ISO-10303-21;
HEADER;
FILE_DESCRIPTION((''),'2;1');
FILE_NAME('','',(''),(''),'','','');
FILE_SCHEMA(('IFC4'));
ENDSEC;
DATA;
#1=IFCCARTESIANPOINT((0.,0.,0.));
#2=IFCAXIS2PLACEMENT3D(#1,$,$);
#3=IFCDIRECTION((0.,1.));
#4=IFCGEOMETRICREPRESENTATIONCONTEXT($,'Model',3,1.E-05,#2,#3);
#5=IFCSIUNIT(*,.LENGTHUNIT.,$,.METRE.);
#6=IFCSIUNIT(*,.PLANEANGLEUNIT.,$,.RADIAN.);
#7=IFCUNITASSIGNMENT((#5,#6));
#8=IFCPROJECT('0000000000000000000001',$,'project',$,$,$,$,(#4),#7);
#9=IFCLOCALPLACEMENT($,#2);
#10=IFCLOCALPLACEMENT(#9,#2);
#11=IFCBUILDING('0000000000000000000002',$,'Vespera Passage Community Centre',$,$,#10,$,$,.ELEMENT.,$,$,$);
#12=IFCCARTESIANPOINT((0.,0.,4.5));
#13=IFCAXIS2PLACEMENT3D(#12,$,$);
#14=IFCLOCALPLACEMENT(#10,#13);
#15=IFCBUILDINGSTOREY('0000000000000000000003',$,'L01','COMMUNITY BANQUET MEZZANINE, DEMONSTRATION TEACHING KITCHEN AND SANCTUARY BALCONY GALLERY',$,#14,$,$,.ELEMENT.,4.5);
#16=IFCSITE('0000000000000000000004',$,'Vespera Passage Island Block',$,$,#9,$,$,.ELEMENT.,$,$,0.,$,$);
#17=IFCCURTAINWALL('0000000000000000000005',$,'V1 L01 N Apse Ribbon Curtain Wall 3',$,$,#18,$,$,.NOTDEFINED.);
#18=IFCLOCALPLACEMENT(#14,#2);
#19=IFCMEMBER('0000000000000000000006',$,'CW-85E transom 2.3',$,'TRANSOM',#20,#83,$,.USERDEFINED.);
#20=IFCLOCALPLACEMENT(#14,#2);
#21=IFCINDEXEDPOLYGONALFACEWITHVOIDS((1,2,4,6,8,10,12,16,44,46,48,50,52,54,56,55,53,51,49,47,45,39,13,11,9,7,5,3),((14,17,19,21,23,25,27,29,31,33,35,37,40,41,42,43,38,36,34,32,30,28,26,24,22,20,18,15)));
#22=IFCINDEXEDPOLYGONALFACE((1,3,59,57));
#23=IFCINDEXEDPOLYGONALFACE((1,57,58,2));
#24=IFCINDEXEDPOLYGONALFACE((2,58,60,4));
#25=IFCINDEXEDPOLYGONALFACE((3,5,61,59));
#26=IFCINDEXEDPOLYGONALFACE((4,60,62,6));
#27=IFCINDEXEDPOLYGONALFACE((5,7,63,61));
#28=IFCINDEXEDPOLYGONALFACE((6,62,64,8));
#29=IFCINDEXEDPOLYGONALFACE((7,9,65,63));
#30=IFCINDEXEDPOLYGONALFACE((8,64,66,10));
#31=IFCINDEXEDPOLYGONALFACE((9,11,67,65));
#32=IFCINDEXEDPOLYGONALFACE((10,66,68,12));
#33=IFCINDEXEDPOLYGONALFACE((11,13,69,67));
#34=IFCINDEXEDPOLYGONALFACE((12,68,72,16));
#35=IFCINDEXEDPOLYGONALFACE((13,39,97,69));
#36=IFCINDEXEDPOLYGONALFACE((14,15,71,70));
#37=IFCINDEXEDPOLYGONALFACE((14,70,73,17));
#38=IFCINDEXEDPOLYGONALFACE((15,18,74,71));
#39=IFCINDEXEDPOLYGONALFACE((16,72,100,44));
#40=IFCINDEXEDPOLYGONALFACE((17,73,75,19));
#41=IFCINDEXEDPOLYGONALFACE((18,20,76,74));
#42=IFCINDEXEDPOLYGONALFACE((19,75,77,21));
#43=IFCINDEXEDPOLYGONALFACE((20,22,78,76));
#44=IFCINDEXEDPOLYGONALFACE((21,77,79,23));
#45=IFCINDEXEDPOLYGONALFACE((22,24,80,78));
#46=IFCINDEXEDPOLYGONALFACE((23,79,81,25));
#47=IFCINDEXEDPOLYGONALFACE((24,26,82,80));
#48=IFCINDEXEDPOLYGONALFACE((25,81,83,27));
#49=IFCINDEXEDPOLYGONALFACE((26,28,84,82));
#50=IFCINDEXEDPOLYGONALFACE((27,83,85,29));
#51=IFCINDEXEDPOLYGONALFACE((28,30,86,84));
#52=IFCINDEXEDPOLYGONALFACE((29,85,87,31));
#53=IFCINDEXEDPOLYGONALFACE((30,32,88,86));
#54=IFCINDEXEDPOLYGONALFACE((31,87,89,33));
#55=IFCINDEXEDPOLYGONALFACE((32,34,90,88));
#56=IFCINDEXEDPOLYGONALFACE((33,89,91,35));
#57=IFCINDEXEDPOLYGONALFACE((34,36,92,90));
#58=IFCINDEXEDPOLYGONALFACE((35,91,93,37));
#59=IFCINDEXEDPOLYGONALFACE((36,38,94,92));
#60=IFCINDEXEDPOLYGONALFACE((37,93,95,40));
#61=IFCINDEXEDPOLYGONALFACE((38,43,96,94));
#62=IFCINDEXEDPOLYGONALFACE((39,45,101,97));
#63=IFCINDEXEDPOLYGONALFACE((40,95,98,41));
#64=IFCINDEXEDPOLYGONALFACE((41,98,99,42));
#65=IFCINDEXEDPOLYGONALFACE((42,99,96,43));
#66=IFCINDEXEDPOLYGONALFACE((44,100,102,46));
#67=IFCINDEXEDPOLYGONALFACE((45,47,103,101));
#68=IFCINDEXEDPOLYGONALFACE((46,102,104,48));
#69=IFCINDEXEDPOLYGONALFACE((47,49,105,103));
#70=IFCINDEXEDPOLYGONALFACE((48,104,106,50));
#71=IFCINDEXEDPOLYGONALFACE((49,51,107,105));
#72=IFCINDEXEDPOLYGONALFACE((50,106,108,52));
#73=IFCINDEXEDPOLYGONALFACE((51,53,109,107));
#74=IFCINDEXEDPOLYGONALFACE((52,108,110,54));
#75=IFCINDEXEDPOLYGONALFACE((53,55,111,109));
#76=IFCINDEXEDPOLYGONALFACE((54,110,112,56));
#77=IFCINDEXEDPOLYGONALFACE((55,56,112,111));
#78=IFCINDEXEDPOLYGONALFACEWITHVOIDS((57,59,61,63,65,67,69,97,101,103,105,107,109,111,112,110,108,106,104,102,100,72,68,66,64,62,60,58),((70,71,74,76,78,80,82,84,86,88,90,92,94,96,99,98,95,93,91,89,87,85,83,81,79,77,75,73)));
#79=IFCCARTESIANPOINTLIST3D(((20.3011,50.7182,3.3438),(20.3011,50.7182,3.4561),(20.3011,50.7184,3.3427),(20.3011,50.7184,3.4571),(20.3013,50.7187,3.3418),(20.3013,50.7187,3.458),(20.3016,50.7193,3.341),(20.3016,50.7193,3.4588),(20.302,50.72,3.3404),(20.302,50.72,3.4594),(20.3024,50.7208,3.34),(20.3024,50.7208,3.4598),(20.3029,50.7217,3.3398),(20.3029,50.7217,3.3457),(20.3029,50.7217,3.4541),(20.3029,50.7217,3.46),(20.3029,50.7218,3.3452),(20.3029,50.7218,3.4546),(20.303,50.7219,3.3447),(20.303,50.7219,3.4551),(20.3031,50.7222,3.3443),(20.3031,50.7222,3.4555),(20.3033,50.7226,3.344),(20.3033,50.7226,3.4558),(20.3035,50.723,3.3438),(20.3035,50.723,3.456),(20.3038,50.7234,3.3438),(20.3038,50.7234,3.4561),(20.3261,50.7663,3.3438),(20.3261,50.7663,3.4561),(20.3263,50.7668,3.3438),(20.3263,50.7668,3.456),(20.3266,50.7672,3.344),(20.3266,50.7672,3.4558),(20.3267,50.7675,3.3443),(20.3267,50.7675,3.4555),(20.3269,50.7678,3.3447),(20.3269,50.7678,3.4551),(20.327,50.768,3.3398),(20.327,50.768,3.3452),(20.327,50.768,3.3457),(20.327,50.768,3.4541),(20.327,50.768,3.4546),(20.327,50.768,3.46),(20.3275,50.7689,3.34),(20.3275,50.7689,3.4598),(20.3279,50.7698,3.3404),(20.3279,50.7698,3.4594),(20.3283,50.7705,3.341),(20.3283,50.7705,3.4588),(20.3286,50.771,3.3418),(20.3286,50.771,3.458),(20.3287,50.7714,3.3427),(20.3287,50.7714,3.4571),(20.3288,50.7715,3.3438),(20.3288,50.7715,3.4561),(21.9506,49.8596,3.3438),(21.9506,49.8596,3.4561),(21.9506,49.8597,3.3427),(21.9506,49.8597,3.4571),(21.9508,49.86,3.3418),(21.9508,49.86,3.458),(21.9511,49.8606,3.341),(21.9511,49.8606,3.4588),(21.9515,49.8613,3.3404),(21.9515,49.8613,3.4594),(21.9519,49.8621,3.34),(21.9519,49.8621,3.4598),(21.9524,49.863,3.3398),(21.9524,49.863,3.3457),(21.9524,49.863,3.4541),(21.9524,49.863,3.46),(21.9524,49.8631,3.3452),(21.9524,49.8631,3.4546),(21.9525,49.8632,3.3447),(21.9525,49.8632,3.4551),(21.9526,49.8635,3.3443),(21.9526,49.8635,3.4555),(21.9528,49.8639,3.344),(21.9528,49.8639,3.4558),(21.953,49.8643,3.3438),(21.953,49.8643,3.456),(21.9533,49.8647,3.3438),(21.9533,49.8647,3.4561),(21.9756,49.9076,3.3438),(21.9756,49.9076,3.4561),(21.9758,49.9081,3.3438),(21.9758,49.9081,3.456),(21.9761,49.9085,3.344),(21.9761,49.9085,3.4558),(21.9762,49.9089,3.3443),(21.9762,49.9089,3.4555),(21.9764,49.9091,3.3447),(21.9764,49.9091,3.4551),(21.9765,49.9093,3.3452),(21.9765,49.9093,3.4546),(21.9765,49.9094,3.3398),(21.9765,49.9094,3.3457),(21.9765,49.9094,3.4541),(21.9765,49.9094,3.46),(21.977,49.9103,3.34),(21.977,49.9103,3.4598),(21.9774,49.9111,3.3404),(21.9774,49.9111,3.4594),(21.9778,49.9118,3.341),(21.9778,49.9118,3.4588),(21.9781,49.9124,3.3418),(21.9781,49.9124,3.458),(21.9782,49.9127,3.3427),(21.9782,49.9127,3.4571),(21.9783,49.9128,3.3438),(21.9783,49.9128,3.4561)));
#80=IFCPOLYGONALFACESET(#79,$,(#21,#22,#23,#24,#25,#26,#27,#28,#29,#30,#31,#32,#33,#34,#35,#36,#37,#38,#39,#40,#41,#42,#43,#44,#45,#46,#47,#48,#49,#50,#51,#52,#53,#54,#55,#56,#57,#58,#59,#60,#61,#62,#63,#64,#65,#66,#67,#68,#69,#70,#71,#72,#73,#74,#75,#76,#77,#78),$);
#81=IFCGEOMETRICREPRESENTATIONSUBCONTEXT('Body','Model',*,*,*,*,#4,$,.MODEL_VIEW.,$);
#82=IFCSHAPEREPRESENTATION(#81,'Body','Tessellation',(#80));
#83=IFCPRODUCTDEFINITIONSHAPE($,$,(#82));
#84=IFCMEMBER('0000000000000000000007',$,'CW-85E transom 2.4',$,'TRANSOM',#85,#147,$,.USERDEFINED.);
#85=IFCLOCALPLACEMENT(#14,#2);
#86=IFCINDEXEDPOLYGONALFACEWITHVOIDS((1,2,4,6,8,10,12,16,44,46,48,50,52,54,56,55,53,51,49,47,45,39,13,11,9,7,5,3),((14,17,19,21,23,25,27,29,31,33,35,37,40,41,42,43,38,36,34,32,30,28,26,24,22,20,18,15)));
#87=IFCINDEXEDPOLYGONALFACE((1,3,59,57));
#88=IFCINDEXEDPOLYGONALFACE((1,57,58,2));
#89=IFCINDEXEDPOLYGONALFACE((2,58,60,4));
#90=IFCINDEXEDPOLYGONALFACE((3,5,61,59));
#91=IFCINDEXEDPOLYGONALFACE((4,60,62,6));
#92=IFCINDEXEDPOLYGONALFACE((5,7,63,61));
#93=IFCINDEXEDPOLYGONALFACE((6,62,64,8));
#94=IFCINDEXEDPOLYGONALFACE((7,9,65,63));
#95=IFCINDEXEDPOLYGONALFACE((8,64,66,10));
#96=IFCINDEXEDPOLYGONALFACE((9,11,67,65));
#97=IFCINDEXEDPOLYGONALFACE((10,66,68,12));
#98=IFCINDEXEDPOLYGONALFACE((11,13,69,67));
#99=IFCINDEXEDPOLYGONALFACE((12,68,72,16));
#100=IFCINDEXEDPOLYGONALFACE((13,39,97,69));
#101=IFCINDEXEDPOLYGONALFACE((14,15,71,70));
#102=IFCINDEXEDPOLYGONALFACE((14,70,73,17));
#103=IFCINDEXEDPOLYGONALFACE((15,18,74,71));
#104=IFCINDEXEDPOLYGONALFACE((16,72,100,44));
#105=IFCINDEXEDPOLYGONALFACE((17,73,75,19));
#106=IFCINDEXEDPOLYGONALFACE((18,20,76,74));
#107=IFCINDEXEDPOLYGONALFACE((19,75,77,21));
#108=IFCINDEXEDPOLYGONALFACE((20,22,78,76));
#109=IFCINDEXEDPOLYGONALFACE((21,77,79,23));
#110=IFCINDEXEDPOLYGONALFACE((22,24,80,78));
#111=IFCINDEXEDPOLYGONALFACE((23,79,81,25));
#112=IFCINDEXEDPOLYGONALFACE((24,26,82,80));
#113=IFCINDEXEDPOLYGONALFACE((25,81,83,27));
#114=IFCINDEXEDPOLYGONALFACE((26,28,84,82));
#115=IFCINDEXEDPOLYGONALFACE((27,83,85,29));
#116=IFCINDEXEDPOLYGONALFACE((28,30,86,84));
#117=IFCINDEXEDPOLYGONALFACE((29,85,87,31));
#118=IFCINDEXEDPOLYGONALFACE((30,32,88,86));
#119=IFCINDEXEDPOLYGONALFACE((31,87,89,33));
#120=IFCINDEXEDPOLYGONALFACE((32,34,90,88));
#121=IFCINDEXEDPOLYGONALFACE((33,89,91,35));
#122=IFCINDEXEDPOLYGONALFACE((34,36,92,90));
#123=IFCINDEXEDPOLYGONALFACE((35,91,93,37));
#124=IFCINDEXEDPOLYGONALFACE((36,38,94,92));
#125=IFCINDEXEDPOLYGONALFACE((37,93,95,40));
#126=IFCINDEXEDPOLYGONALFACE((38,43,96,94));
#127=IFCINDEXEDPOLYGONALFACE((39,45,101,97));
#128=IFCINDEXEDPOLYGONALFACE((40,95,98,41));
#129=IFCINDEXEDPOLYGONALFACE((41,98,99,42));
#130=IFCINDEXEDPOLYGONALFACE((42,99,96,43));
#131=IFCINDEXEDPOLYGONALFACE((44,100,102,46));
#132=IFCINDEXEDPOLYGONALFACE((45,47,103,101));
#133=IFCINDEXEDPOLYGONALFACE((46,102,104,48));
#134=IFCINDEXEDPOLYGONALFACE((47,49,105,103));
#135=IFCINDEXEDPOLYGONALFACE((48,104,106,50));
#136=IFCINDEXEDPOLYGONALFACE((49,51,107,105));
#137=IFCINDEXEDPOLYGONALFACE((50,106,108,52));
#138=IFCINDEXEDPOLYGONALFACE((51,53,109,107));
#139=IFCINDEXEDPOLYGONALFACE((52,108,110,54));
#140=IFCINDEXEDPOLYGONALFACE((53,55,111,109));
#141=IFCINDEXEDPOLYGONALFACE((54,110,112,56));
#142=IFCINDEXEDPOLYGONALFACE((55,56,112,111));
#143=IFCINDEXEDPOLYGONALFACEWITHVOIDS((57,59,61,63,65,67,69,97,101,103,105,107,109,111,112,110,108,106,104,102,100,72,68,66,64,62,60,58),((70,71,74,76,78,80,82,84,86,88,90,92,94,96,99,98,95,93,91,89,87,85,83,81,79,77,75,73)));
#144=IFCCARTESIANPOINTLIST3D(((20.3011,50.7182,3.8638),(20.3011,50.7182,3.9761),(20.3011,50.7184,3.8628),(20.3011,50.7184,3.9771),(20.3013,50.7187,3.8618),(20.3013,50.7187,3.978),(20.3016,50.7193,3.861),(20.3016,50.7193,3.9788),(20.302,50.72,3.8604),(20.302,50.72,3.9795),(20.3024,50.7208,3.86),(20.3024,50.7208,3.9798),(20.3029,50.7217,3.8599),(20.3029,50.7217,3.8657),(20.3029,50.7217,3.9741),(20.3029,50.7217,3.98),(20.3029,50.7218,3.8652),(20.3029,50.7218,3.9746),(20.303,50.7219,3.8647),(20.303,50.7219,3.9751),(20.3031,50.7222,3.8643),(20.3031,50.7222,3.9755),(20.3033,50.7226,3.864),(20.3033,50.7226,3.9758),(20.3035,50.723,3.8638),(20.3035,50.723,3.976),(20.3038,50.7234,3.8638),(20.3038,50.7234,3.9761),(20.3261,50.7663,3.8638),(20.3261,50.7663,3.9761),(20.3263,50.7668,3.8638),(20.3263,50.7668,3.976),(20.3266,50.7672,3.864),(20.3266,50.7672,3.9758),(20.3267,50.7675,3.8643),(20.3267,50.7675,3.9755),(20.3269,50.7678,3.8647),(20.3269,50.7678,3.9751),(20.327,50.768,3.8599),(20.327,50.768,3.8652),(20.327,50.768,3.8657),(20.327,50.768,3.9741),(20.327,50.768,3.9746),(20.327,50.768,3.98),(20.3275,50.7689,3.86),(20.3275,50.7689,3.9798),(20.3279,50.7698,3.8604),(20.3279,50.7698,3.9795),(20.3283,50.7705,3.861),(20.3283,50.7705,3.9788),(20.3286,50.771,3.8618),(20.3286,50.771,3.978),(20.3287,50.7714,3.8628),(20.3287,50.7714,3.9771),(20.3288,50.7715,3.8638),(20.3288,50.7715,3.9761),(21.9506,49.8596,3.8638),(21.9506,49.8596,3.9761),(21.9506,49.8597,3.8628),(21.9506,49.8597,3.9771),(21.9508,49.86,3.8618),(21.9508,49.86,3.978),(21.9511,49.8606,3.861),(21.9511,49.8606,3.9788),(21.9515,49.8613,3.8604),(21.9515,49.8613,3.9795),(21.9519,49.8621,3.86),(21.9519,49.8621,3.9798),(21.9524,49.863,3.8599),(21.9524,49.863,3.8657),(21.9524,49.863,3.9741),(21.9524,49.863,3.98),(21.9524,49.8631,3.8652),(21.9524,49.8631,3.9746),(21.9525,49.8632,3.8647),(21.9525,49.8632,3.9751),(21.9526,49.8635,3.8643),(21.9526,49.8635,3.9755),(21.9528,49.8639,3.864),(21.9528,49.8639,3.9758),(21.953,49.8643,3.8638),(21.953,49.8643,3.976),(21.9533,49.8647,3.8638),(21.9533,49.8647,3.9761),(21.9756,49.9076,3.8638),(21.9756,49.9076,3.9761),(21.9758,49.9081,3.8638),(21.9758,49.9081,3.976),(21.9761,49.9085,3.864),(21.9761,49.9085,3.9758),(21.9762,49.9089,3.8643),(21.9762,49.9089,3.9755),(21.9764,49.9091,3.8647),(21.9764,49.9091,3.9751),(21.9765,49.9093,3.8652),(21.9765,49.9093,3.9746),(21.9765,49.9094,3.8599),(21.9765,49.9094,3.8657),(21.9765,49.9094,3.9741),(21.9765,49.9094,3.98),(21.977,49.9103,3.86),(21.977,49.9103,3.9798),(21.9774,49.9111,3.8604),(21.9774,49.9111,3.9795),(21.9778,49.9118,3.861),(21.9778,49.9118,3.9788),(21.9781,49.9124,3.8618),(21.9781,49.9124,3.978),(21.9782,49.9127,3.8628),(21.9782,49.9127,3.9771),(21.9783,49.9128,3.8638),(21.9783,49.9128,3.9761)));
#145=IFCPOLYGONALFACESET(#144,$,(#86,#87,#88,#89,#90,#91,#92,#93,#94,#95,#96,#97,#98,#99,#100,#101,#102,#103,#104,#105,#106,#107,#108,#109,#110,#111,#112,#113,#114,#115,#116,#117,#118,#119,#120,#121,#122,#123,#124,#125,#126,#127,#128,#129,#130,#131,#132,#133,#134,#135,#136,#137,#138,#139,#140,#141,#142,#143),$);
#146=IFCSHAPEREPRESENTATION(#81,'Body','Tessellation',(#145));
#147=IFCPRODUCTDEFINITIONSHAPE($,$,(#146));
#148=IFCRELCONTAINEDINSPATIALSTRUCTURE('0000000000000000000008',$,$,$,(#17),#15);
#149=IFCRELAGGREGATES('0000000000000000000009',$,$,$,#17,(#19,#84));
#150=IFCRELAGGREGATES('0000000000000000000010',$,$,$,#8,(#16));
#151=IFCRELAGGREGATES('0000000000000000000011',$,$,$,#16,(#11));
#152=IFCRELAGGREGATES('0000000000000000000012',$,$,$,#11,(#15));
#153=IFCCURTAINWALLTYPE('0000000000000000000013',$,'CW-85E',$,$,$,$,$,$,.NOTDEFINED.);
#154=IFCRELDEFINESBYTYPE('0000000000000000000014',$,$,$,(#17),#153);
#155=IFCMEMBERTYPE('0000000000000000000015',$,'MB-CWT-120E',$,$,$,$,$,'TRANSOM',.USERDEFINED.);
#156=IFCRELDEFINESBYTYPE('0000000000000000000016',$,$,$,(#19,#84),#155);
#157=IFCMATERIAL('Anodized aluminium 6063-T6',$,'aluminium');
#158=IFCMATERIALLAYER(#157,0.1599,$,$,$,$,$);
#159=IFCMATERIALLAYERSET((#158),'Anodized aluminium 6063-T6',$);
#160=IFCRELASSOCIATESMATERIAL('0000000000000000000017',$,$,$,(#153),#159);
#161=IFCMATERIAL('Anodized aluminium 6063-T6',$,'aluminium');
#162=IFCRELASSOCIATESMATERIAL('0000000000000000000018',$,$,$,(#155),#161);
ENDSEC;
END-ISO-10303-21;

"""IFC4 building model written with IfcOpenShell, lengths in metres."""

from ifc_helpers import new_model, si_unit, direction, frame, origin, origin_2d, place, context, subcontext, project, spatial, hollow_rectangle, extrude, material, layer, layer_set, material_profile, profile_set, type_object, element, aggregate, save


model = new_model("IFC4")

# Units and contexts
model_context = context("Model", 3, precision=1e-05, world=origin(), true_north=direction((0.0, 1.0)))
body_context = subcontext(model_context, "Body", "Model", "MODEL_VIEW")
ifc_project = project(units=[si_unit("LENGTHUNIT", "METRE"), si_unit("PLANEANGLEUNIT", "RADIAN")], contexts=[model_context])

# Site, building, storey
site_placement = place(None, origin())
site = spatial("IfcSite", under=ifc_project, at=site_placement, Name="Vespera Passage Island Block", CompositionType="ELEMENT", RefElevation=0.0)
building_placement = place(site_placement, origin())
building = spatial("IfcBuilding", under=site, at=building_placement, Name="Vespera Passage Community Centre", CompositionType="ELEMENT")
storey_placement = place(building_placement, frame((0.0, 0.0, 4.5)))
storey = spatial("IfcBuildingStorey", under=building, at=storey_placement, Name="L01", Description="COMMUNITY BANQUET MEZZANINE, DEMONSTRATION TEACHING KITCHEN AND SANCTUARY BALCONY GALLERY", CompositionType="ELEMENT", Elevation=4.5)

# Shared definitions
ifc_material_1 = material(Name="Anodized aluminium 6063-T6", Category="aluminium")
ifc_layer_1 = layer(ifc_material_1, 0.1599)
ifc_layer_set_1 = layer_set([ifc_layer_1], Name="Anodized aluminium 6063-T6")
curtain_wall_type = type_object("IfcCurtainWallType", Name="CW-85E", PredefinedType="NOTDEFINED", material=ifc_layer_set_1)

# Curtain wall, members
curtain_wall_1_placement = place(storey_placement, origin())
curtain_wall_1 = element("IfcCurtainWall", 1, at=curtain_wall_1_placement, inside=storey, type_object=curtain_wall_type, Name="V1 L01 N Apse Ribbon Curtain Wall 3", PredefinedType="NOTDEFINED")
ifc_material_2 = material(Name="Anodized aluminium 6063-T6", Category="aluminium")
ifc_material_profile_1 = material_profile(ifc_material_2, hollow_rectangle(XDim=0.0601, YDim=0.1201, WallThickness=0.0039, InnerFilletRadius=0.002, OuterFilletRadius=0.0039, at=origin_2d()), Name="ALU120X60X4")
ifc_profile_set_1 = profile_set([ifc_material_profile_1], Name="Anodized aluminium 6063-T6")
member_type_1 = type_object("IfcMemberType", Name="MB-CWT-120E", ElementType="TRANSOM", PredefinedType="USERDEFINED", material=ifc_profile_set_1)
member_1_placement = place(storey_placement, frame((20.3149, 50.7449, 3.3999), z_axis=(0.887008, -0.461754, 0.0), x_axis=(0.461754, 0.887008, 0.0)))
member_1 = element("IfcMember", 2, at=member_1_placement, type_object=member_type_1, Name="CW-85E transom 2.3", ObjectType="TRANSOM", PredefinedType="USERDEFINED", context=body_context, shape_type="SweptSolid", body=[
    extrude(hollow_rectangle(XDim=0.0601, YDim=0.1201, WallThickness=0.0039, InnerFilletRadius=0.002, OuterFilletRadius=0.0039, at=origin_2d()), origin(), (0.0, 0.0, 1.0), 1.8596),
])
member_2_placement = place(storey_placement, frame((20.3149, 50.7449, 3.9199), z_axis=(0.887008, -0.461754, 0.0), x_axis=(0.461754, 0.887008, 0.0)))
member_2 = element("IfcMember", 3, at=member_2_placement, type_object=member_type_1, Name="CW-85E transom 2.4", ObjectType="TRANSOM", PredefinedType="USERDEFINED", context=body_context, shape_type="SweptSolid", body=[
    extrude(hollow_rectangle(XDim=0.0601, YDim=0.1201, WallThickness=0.0039, InnerFilletRadius=0.002, OuterFilletRadius=0.0039, at=origin_2d()), origin(), (0.0, 0.0, 1.0), 1.8596),
])

aggregate(curtain_wall_1, [member_1, member_2])

save(model, "model.ifc")
